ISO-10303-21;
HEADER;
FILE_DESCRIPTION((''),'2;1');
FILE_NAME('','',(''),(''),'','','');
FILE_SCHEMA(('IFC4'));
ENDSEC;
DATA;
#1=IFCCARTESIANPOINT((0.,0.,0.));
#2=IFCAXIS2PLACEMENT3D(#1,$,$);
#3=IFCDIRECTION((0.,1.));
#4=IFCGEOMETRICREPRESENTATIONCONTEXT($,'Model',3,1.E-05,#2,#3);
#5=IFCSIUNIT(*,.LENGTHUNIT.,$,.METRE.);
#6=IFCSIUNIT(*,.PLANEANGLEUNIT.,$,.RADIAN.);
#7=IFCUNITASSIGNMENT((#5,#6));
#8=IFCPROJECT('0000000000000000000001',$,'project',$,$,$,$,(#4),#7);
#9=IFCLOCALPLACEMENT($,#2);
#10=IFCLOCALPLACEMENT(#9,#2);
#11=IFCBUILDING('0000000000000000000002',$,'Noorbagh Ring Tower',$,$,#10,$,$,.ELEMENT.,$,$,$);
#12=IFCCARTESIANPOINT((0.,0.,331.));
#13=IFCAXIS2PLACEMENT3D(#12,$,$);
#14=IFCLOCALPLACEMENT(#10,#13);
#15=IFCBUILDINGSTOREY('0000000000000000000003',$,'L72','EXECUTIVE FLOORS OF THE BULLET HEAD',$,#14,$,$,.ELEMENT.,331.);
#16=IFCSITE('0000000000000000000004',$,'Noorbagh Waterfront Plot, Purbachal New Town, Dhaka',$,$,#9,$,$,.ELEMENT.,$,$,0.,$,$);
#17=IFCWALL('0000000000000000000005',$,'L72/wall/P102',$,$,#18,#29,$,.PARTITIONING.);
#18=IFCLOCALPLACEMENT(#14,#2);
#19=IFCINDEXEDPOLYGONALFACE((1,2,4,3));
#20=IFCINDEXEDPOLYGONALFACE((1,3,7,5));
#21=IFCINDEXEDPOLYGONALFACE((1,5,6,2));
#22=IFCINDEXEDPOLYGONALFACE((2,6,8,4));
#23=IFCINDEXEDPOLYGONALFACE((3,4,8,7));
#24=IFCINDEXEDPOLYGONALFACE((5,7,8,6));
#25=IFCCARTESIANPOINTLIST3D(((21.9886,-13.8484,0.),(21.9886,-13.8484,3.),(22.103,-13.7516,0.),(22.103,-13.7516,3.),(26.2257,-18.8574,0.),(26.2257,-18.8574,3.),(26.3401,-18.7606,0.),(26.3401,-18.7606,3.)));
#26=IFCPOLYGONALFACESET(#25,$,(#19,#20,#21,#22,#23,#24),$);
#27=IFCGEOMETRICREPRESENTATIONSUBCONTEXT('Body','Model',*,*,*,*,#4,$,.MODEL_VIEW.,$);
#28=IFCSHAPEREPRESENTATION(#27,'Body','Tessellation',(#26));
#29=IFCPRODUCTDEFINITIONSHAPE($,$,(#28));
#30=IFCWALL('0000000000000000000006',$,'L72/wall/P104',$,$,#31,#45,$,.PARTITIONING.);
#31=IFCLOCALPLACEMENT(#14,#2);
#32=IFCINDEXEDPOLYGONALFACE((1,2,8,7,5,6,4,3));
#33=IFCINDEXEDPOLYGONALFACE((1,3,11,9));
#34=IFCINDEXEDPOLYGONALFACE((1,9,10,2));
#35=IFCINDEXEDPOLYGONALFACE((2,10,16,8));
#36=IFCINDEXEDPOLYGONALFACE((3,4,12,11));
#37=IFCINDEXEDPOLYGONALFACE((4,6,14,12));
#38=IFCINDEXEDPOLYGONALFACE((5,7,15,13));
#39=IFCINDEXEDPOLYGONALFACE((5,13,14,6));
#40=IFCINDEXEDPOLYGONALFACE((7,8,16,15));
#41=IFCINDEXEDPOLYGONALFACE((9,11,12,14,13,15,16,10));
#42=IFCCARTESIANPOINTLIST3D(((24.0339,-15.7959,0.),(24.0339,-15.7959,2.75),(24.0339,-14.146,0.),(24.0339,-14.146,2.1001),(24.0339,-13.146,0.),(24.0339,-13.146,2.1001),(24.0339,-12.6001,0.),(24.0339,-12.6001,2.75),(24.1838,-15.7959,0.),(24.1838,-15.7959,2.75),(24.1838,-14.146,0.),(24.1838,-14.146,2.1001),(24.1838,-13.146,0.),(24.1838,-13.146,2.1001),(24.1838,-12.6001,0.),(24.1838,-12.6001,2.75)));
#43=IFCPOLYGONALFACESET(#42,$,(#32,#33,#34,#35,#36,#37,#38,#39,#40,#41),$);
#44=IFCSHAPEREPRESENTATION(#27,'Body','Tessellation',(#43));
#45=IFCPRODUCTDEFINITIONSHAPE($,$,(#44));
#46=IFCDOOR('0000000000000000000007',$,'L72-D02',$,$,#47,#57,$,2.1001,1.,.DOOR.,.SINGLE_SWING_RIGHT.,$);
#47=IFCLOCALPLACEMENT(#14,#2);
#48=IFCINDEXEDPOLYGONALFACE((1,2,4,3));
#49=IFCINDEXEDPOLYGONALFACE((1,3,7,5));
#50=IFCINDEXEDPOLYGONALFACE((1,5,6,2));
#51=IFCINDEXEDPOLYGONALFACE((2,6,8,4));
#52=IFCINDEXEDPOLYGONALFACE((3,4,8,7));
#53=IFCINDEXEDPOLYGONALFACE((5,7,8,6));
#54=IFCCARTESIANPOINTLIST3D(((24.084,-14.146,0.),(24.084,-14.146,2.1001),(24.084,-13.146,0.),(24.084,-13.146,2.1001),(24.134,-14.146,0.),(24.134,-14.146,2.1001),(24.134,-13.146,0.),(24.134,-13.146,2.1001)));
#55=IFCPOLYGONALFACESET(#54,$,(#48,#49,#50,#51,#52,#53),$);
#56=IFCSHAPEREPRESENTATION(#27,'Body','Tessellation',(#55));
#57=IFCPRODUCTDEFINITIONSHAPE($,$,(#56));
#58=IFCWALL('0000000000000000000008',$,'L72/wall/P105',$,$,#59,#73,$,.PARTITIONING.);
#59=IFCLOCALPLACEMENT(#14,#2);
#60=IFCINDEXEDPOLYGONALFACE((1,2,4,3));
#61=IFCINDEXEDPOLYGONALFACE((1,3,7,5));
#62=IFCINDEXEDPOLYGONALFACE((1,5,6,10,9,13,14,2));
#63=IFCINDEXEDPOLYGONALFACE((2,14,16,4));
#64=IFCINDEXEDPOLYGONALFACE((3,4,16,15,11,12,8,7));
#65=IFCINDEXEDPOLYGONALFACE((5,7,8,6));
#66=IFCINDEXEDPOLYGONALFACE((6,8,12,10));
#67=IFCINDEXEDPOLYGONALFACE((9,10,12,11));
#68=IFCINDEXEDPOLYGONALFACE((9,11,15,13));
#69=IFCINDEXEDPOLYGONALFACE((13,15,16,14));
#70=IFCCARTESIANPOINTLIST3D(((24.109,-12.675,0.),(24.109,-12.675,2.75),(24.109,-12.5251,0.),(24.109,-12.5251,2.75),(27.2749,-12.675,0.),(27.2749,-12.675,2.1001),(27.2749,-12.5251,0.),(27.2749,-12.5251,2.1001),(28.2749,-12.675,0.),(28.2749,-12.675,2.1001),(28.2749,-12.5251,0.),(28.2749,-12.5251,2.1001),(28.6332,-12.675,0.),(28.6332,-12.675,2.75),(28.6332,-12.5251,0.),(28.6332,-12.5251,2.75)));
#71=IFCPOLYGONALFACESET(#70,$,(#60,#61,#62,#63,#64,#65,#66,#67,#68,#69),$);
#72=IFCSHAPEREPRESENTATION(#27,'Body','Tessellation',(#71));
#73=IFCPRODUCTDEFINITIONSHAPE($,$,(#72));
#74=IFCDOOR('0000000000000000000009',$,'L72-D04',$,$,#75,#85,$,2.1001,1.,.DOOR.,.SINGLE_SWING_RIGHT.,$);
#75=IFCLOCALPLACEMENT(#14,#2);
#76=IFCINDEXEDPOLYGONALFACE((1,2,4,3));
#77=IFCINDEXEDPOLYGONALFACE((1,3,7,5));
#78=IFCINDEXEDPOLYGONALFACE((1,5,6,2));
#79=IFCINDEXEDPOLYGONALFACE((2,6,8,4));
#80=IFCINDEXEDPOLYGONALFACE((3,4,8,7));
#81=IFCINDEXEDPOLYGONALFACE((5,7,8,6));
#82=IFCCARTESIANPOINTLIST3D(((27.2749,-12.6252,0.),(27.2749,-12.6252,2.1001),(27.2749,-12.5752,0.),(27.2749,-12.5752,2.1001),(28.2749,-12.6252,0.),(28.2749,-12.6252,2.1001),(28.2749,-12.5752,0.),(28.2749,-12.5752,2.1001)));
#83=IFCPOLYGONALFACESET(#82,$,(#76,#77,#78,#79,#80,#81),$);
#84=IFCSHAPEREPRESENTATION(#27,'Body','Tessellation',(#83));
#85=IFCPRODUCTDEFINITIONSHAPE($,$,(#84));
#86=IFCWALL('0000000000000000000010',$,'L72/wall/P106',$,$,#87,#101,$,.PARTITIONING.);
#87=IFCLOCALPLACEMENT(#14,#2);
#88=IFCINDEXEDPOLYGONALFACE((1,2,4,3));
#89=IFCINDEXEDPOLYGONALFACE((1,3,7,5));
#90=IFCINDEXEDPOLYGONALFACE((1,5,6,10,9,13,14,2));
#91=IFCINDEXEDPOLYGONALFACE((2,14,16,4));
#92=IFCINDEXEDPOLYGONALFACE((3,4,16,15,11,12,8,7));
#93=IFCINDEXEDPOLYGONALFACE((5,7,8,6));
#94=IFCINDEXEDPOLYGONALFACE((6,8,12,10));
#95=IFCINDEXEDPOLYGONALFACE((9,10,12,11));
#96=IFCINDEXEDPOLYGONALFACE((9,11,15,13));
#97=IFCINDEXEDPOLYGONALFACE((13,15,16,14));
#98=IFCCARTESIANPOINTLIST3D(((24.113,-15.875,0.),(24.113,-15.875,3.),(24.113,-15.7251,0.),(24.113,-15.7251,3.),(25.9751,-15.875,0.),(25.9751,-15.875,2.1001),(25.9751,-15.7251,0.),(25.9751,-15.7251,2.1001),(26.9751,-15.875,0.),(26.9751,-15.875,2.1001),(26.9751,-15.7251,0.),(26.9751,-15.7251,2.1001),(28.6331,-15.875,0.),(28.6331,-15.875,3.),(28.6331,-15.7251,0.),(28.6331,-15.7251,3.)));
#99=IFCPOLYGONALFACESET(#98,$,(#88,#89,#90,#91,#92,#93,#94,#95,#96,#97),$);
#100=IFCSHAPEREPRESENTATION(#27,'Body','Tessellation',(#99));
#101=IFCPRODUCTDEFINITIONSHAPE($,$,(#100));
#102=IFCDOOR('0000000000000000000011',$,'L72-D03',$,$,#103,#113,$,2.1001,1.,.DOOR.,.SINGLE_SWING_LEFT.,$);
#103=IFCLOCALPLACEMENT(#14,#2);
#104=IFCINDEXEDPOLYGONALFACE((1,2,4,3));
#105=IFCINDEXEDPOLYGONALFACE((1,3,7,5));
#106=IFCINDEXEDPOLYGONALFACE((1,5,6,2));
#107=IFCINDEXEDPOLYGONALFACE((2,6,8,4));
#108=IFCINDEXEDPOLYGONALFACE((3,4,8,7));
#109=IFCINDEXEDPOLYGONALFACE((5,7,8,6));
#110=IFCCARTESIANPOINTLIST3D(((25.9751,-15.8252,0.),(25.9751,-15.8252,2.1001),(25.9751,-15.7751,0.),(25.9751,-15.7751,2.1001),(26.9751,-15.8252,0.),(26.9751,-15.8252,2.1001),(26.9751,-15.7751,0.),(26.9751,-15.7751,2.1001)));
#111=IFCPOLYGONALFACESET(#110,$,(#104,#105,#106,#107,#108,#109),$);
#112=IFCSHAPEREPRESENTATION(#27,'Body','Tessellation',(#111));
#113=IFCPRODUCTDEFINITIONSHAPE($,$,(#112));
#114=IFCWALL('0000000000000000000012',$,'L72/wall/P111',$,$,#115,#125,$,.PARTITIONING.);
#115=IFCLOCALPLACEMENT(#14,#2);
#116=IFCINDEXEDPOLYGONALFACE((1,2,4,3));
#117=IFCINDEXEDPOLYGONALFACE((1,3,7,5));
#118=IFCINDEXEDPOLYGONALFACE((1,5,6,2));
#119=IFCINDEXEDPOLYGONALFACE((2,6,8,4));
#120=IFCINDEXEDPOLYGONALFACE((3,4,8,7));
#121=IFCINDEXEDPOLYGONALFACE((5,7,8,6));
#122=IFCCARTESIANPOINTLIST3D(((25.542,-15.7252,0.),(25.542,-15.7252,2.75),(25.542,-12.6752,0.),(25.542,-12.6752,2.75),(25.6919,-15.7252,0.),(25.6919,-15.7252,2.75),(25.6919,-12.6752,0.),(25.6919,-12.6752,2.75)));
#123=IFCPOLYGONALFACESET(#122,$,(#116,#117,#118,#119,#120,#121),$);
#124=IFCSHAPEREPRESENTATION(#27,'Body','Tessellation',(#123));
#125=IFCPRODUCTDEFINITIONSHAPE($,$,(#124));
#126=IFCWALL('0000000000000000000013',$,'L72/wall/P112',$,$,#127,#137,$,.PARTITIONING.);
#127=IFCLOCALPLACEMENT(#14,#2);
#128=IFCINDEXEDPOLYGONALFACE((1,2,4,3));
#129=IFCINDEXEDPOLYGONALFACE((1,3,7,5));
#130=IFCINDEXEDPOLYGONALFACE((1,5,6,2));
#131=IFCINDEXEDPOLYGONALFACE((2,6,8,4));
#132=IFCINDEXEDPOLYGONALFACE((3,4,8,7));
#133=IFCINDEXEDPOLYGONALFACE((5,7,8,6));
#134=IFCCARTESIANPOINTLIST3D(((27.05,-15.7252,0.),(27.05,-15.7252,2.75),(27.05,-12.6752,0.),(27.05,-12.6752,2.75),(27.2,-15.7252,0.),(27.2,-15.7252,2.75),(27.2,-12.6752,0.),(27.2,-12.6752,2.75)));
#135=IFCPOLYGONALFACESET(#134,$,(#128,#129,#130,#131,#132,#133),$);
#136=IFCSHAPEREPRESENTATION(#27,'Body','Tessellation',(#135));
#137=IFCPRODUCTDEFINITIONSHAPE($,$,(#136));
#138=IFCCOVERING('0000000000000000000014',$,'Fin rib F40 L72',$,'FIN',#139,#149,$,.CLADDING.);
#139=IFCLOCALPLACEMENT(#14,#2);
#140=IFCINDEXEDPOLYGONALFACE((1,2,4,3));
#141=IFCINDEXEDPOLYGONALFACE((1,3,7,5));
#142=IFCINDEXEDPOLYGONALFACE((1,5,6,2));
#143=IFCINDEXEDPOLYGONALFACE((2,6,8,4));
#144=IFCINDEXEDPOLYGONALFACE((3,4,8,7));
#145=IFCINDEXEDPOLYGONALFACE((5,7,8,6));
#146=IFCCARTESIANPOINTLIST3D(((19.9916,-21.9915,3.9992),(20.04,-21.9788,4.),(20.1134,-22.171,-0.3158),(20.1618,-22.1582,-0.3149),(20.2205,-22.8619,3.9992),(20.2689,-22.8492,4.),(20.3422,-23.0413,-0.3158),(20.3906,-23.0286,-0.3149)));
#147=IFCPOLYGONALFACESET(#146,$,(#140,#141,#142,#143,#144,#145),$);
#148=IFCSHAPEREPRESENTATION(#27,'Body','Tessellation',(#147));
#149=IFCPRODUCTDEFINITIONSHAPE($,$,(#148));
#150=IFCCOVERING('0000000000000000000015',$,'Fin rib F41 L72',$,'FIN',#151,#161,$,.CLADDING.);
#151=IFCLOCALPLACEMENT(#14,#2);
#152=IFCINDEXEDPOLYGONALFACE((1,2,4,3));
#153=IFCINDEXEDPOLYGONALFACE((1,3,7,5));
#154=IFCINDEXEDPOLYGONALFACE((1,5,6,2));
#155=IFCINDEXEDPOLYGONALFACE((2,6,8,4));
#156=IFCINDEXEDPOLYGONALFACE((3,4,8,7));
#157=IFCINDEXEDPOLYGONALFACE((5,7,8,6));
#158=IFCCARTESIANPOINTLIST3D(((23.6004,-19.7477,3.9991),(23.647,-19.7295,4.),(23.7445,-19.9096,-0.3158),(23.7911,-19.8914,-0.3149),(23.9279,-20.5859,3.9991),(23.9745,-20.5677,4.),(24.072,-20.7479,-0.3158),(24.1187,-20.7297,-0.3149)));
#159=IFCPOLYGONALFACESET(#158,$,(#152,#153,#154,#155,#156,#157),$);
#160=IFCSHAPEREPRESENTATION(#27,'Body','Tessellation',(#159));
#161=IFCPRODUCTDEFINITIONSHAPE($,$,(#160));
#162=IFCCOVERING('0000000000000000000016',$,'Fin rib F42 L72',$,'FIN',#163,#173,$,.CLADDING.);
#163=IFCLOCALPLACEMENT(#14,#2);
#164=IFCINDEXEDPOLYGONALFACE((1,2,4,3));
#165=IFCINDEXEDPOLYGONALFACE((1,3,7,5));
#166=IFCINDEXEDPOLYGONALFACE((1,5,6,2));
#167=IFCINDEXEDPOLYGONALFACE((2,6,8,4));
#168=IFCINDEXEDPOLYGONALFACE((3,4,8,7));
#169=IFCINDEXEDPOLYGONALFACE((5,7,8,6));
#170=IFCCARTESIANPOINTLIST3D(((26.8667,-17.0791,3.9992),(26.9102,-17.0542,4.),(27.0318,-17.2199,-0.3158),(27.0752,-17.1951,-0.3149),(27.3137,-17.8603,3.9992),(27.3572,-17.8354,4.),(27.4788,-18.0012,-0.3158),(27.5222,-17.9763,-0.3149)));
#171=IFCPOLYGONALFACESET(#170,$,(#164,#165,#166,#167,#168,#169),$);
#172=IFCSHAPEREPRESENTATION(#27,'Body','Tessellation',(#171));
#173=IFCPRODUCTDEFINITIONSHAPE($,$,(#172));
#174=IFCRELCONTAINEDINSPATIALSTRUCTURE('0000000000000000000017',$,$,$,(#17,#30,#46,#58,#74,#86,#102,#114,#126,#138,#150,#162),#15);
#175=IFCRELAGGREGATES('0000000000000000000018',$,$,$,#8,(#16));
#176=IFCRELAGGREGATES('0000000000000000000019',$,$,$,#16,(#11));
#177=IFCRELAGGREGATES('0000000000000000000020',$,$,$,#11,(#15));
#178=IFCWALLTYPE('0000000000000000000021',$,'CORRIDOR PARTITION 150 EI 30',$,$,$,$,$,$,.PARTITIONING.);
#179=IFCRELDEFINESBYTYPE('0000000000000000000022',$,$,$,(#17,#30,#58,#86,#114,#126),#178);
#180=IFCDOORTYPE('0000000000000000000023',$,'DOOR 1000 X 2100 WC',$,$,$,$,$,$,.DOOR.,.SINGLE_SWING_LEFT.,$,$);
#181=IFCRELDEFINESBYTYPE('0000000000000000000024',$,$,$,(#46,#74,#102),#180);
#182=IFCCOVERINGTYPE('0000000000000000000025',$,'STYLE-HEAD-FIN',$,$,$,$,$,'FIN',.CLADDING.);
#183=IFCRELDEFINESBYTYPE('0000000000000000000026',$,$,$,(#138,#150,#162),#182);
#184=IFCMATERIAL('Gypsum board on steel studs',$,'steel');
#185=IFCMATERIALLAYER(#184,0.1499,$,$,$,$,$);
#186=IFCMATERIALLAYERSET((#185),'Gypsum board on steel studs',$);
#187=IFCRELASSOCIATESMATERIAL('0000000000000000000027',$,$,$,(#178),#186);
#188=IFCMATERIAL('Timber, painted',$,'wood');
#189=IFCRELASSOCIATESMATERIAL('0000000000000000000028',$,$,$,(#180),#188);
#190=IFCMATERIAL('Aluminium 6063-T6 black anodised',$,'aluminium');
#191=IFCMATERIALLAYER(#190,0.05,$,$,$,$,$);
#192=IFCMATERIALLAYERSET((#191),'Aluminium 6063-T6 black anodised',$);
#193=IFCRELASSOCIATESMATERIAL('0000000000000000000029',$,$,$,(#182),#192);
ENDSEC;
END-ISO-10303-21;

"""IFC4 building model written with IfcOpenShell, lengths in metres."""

from ifc_helpers import new_model, si_unit, direction, frame, frame_2d, origin, place, context, subcontext, project, spatial, polyline, rectangle, outline, extrude, material, layer, layer_set, type_object, element, fill, save


model = new_model("IFC4")

# Units and contexts
model_context = context("Model", 3, precision=1e-05, world=origin(), true_north=direction((0.0, 1.0)))
body_context = subcontext(model_context, "Body", "Model", "MODEL_VIEW")
ifc_project = project(units=[si_unit("LENGTHUNIT", "METRE"), si_unit("PLANEANGLEUNIT", "RADIAN")], contexts=[model_context])

# Site, building, storey
site_placement = place(None, origin())
site = spatial("IfcSite", under=ifc_project, at=site_placement, Name="Noorbagh Waterfront Plot, Purbachal New Town, Dhaka", CompositionType="ELEMENT", RefElevation=0.0)
building_placement = place(site_placement, origin())
building = spatial("IfcBuilding", under=site, at=building_placement, Name="Noorbagh Ring Tower", CompositionType="ELEMENT")
storey_placement = place(building_placement, frame((0.0, 0.0, 331.0)))
storey = spatial("IfcBuildingStorey", under=building, at=storey_placement, Name="L72", Description="EXECUTIVE FLOORS OF THE BULLET HEAD", CompositionType="ELEMENT", Elevation=331.0)

# Wall
ifc_material_1 = material(Name="Gypsum board on steel studs", Category="steel")
ifc_layer_1 = layer(ifc_material_1, 0.1499)
ifc_layer_set_1 = layer_set([ifc_layer_1], Name="Gypsum board on steel studs")
wall_type_1 = type_object("IfcWallType", Name="CORRIDOR PARTITION 150 EI 30", PredefinedType="PARTITIONING", material=ifc_layer_set_1)
wall_1_placement = place(storey_placement, frame((22.0459, -13.8, 0.0), z_axis=(0.0, 0.0, 1.0), x_axis=(0.645822, -0.763488, 0.0)))
element("IfcWall", 1, at=wall_1_placement, inside=storey, type_object=wall_type_1, Name="L72/wall/P102", PredefinedType="PARTITIONING", context=body_context, shape_type="SweptSolid", body=[
    extrude(rectangle(XDim=6.5608, YDim=0.1499, at=frame_2d((3.2803, 0.0))), origin(), (0.0, 0.0, 1.0), 3.0),
])

# Walls, openings, doors
wall_2_placement = place(storey_placement, frame((24.1089, -15.7959, 0.0), z_axis=(0.0, 0.0, 1.0), x_axis=(0.0, 1.0, 0.0)))
wall_2 = element("IfcWall", 2, at=wall_2_placement, inside=storey, type_object=wall_type_1, Name="L72/wall/P104", PredefinedType="PARTITIONING", context=body_context, shape_type="SweptSolid", body=[
    extrude(rectangle(XDim=3.1958, YDim=0.1499, at=frame_2d((1.5979, 0.0))), origin(), (0.0, 0.0, 1.0), 2.75),
])
opening_1_placement = place(wall_2_placement, frame((1.6499, 0.0, 0.0)))
opening_1 = element("IfcOpeningElement", 3, at=opening_1_placement, cuts=wall_2, PredefinedType="OPENING", context=body_context, shape_type="SweptSolid", body=[
    extrude(rectangle(XDim=1.0, YDim=2.1001, at=frame_2d((0.5, 1.05))), frame((0.0, 0.085, 0.0), z_axis=(0.0, -1.0, 0.0), x_axis=(1.0, 0.0, 0.0)), (0.0, 0.0, 1.0), 0.1699),
])
ifc_material_2 = material(Name="Timber, painted", Category="wood")
door_type_1 = type_object("IfcDoorType", Name="DOOR 1000 X 2100 WC", OperationType="SINGLE_SWING_LEFT", PredefinedType="DOOR", material=ifc_material_2)
door_1_placement = place(opening_1_placement, origin())
door_1 = element("IfcDoor", 4, at=door_1_placement, inside=storey, type_object=door_type_1, Name="L72-D02", OperationType="SINGLE_SWING_RIGHT", OverallHeight=2.1001, OverallWidth=1.0, PredefinedType="DOOR", context=body_context, shape_type="SweptSolid", body=[
    extrude(rectangle(XDim=1.0, YDim=2.1001, at=frame_2d((0.5, 1.05))), frame((0.0, 0.0249, 0.0), z_axis=(0.0, -1.0, 0.0), x_axis=(1.0, 0.0, 0.0)), (0.0, 0.0, 1.0), 0.05),
])
fill(opening_1, door_1)
wall_3_placement = place(storey_placement, frame((24.1089, -12.6001, 0.0), z_axis=(0.0, 0.0, 1.0), x_axis=(1.0, 0.0, 0.0)))
wall_3 = element("IfcWall", 5, at=wall_3_placement, inside=storey, type_object=wall_type_1, Name="L72/wall/P105", PredefinedType="PARTITIONING", context=body_context, shape_type="SweptSolid", body=[
    extrude(rectangle(XDim=4.5242, YDim=0.1499, at=frame_2d((2.2622, 0.0))), origin(), (0.0, 0.0, 1.0), 2.75),
])
opening_2_placement = place(wall_3_placement, frame((3.166, 0.0, 0.0)))
opening_2 = element("IfcOpeningElement", 6, at=opening_2_placement, cuts=wall_3, PredefinedType="OPENING", context=body_context, shape_type="SweptSolid", body=[
    extrude(rectangle(XDim=1.0, YDim=2.1001, at=frame_2d((0.5, 1.05))), frame((0.0, 0.085, 0.0), z_axis=(0.0, -1.0, 0.0), x_axis=(1.0, 0.0, 0.0)), (0.0, 0.0, 1.0), 0.1699),
])
door_2_placement = place(opening_2_placement, origin())
door_2 = element("IfcDoor", 7, at=door_2_placement, inside=storey, type_object=door_type_1, Name="L72-D04", OperationType="SINGLE_SWING_RIGHT", OverallHeight=2.1001, OverallWidth=1.0, PredefinedType="DOOR", context=body_context, shape_type="SweptSolid", body=[
    extrude(rectangle(XDim=1.0, YDim=2.1001, at=frame_2d((0.5, 1.05))), frame((0.0, 0.0249, 0.0), z_axis=(0.0, -1.0, 0.0), x_axis=(1.0, 0.0, 0.0)), (0.0, 0.0, 1.0), 0.05),
])
fill(opening_2, door_2)
wall_4_placement = place(storey_placement, frame((24.113, -15.8, 0.0), z_axis=(0.0, 0.0, 1.0), x_axis=(1.0, 0.0, 0.0)))
wall_4 = element("IfcWall", 8, at=wall_4_placement, inside=storey, type_object=wall_type_1, Name="L72/wall/P106", PredefinedType="PARTITIONING", context=body_context, shape_type="SweptSolid", body=[
    extrude(rectangle(XDim=4.52, YDim=0.1499, at=frame_2d((2.26, 0.0))), origin(), (0.0, 0.0, 1.0), 3.0),
])
opening_3_placement = place(wall_4_placement, frame((1.8621, 0.0, 0.0)))
opening_3 = element("IfcOpeningElement", 9, at=opening_3_placement, cuts=wall_4, PredefinedType="OPENING", context=body_context, shape_type="SweptSolid", body=[
    extrude(rectangle(XDim=1.0, YDim=2.1001, at=frame_2d((0.5, 1.05))), frame((0.0, 0.085, 0.0), z_axis=(0.0, -1.0, 0.0), x_axis=(1.0, 0.0, 0.0)), (0.0, 0.0, 1.0), 0.1699),
])
door_3_placement = place(opening_3_placement, origin())
door_3 = element("IfcDoor", 10, at=door_3_placement, inside=storey, type_object=door_type_1, Name="L72-D03", OperationType="SINGLE_SWING_LEFT", OverallHeight=2.1001, OverallWidth=1.0, PredefinedType="DOOR", context=body_context, shape_type="SweptSolid", body=[
    extrude(rectangle(XDim=1.0, YDim=2.1001, at=frame_2d((0.5, 1.05))), frame((0.0, 0.0249, 0.0), z_axis=(0.0, -1.0, 0.0), x_axis=(1.0, 0.0, 0.0)), (0.0, 0.0, 1.0), 0.05),
])
fill(opening_3, door_3)

# Walls
for number, where, z_axis, x_axis, name in (
    (11, (25.6169, -15.7251, 0.0), (0.0, 0.0, 1.0), (0.0, 1.0, 0.0), "L72/wall/P111"),
    (12, (27.125, -15.7251, 0.0), (0.0, 0.0, 1.0), (0.0, 1.0, 0.0), "L72/wall/P112"),
):
    element("IfcWall", number, at=place(storey_placement, frame(where, z_axis=z_axis, x_axis=x_axis)), inside=storey, type_object=wall_type_1, Name=name, PredefinedType="PARTITIONING", context=body_context, shape_type="SweptSolid", body=[
        extrude(rectangle(XDim=3.05, YDim=0.1499, at=frame_2d((1.5249, 0.0))), origin(), (0.0, 0.0, 1.0), 2.75),
    ])

# Coverings
ifc_material_3 = material(Name="Aluminium 6063-T6 black anodised", Category="aluminium")
ifc_layer_2 = layer(ifc_material_3, 0.05)
ifc_layer_set_2 = layer_set([ifc_layer_2], Name="Aluminium 6063-T6 black anodised")
covering_type_1 = type_object("IfcCoveringType", Name="STYLE-HEAD-FIN", ElementType="FIN", PredefinedType="CLADDING", material=ifc_layer_set_2)
covering_1_placement = place(storey_placement, frame((20.3906, -23.0286, -0.3149), z_axis=(0.966984, 0.254291, 0.016699), x_axis=(-0.028168, 0.041527, 0.99874)))
element("IfcCovering", 13, at=covering_1_placement, inside=storey, type_object=covering_type_1, Name="Fin rib F40 L72", ObjectType="FIN", PredefinedType="CLADDING", context=body_context, shape_type="SweptSolid", body=[
    extrude(outline(polyline([(0.0, 0.0), (4.3204, 0.0), (4.363, -0.899), (0.0426, -0.8989), (0.0, 0.0)])), origin(), (0.0, 0.0, -1.0), 0.05),
])
covering_2_placement = place(storey_placement, frame((24.1187, -20.7297, -0.3149), z_axis=(0.931289, 0.363863, 0.017455), x_axis=(-0.033374, 0.037509, 0.998739)))
element("IfcCovering", 14, at=covering_2_placement, inside=storey, type_object=covering_type_1, Name="Fin rib F41 L72", ObjectType="FIN", PredefinedType="CLADDING", context=body_context, shape_type="SweptSolid", body=[
    extrude(outline(polyline([(0.0, 0.0), (4.3204, 0.0), (4.3628, -0.8989), (0.0424, -0.899), (0.0, 0.0)])), origin(), (0.0, 0.0, -1.0), 0.05),
])
covering_3_placement = place(storey_placement, frame((27.5222, -17.9763, -0.3149), z_axis=(0.867834, 0.496564, 0.016982), x_axis=(-0.0382, 0.032606, 0.998738)))
element("IfcCovering", 15, at=covering_3_placement, inside=storey, type_object=covering_type_1, Name="Fin rib F42 L72", ObjectType="FIN", PredefinedType="CLADDING", context=body_context, shape_type="SweptSolid", body=[
    extrude(outline(polyline([(0.0, 0.0), (4.3204, 0.0), (4.3629, -0.8991), (0.0425, -0.8991), (0.0, 0.0)])), origin(), (0.0, 0.0, -1.0), 0.05),
])

save(model, "model.ifc")
